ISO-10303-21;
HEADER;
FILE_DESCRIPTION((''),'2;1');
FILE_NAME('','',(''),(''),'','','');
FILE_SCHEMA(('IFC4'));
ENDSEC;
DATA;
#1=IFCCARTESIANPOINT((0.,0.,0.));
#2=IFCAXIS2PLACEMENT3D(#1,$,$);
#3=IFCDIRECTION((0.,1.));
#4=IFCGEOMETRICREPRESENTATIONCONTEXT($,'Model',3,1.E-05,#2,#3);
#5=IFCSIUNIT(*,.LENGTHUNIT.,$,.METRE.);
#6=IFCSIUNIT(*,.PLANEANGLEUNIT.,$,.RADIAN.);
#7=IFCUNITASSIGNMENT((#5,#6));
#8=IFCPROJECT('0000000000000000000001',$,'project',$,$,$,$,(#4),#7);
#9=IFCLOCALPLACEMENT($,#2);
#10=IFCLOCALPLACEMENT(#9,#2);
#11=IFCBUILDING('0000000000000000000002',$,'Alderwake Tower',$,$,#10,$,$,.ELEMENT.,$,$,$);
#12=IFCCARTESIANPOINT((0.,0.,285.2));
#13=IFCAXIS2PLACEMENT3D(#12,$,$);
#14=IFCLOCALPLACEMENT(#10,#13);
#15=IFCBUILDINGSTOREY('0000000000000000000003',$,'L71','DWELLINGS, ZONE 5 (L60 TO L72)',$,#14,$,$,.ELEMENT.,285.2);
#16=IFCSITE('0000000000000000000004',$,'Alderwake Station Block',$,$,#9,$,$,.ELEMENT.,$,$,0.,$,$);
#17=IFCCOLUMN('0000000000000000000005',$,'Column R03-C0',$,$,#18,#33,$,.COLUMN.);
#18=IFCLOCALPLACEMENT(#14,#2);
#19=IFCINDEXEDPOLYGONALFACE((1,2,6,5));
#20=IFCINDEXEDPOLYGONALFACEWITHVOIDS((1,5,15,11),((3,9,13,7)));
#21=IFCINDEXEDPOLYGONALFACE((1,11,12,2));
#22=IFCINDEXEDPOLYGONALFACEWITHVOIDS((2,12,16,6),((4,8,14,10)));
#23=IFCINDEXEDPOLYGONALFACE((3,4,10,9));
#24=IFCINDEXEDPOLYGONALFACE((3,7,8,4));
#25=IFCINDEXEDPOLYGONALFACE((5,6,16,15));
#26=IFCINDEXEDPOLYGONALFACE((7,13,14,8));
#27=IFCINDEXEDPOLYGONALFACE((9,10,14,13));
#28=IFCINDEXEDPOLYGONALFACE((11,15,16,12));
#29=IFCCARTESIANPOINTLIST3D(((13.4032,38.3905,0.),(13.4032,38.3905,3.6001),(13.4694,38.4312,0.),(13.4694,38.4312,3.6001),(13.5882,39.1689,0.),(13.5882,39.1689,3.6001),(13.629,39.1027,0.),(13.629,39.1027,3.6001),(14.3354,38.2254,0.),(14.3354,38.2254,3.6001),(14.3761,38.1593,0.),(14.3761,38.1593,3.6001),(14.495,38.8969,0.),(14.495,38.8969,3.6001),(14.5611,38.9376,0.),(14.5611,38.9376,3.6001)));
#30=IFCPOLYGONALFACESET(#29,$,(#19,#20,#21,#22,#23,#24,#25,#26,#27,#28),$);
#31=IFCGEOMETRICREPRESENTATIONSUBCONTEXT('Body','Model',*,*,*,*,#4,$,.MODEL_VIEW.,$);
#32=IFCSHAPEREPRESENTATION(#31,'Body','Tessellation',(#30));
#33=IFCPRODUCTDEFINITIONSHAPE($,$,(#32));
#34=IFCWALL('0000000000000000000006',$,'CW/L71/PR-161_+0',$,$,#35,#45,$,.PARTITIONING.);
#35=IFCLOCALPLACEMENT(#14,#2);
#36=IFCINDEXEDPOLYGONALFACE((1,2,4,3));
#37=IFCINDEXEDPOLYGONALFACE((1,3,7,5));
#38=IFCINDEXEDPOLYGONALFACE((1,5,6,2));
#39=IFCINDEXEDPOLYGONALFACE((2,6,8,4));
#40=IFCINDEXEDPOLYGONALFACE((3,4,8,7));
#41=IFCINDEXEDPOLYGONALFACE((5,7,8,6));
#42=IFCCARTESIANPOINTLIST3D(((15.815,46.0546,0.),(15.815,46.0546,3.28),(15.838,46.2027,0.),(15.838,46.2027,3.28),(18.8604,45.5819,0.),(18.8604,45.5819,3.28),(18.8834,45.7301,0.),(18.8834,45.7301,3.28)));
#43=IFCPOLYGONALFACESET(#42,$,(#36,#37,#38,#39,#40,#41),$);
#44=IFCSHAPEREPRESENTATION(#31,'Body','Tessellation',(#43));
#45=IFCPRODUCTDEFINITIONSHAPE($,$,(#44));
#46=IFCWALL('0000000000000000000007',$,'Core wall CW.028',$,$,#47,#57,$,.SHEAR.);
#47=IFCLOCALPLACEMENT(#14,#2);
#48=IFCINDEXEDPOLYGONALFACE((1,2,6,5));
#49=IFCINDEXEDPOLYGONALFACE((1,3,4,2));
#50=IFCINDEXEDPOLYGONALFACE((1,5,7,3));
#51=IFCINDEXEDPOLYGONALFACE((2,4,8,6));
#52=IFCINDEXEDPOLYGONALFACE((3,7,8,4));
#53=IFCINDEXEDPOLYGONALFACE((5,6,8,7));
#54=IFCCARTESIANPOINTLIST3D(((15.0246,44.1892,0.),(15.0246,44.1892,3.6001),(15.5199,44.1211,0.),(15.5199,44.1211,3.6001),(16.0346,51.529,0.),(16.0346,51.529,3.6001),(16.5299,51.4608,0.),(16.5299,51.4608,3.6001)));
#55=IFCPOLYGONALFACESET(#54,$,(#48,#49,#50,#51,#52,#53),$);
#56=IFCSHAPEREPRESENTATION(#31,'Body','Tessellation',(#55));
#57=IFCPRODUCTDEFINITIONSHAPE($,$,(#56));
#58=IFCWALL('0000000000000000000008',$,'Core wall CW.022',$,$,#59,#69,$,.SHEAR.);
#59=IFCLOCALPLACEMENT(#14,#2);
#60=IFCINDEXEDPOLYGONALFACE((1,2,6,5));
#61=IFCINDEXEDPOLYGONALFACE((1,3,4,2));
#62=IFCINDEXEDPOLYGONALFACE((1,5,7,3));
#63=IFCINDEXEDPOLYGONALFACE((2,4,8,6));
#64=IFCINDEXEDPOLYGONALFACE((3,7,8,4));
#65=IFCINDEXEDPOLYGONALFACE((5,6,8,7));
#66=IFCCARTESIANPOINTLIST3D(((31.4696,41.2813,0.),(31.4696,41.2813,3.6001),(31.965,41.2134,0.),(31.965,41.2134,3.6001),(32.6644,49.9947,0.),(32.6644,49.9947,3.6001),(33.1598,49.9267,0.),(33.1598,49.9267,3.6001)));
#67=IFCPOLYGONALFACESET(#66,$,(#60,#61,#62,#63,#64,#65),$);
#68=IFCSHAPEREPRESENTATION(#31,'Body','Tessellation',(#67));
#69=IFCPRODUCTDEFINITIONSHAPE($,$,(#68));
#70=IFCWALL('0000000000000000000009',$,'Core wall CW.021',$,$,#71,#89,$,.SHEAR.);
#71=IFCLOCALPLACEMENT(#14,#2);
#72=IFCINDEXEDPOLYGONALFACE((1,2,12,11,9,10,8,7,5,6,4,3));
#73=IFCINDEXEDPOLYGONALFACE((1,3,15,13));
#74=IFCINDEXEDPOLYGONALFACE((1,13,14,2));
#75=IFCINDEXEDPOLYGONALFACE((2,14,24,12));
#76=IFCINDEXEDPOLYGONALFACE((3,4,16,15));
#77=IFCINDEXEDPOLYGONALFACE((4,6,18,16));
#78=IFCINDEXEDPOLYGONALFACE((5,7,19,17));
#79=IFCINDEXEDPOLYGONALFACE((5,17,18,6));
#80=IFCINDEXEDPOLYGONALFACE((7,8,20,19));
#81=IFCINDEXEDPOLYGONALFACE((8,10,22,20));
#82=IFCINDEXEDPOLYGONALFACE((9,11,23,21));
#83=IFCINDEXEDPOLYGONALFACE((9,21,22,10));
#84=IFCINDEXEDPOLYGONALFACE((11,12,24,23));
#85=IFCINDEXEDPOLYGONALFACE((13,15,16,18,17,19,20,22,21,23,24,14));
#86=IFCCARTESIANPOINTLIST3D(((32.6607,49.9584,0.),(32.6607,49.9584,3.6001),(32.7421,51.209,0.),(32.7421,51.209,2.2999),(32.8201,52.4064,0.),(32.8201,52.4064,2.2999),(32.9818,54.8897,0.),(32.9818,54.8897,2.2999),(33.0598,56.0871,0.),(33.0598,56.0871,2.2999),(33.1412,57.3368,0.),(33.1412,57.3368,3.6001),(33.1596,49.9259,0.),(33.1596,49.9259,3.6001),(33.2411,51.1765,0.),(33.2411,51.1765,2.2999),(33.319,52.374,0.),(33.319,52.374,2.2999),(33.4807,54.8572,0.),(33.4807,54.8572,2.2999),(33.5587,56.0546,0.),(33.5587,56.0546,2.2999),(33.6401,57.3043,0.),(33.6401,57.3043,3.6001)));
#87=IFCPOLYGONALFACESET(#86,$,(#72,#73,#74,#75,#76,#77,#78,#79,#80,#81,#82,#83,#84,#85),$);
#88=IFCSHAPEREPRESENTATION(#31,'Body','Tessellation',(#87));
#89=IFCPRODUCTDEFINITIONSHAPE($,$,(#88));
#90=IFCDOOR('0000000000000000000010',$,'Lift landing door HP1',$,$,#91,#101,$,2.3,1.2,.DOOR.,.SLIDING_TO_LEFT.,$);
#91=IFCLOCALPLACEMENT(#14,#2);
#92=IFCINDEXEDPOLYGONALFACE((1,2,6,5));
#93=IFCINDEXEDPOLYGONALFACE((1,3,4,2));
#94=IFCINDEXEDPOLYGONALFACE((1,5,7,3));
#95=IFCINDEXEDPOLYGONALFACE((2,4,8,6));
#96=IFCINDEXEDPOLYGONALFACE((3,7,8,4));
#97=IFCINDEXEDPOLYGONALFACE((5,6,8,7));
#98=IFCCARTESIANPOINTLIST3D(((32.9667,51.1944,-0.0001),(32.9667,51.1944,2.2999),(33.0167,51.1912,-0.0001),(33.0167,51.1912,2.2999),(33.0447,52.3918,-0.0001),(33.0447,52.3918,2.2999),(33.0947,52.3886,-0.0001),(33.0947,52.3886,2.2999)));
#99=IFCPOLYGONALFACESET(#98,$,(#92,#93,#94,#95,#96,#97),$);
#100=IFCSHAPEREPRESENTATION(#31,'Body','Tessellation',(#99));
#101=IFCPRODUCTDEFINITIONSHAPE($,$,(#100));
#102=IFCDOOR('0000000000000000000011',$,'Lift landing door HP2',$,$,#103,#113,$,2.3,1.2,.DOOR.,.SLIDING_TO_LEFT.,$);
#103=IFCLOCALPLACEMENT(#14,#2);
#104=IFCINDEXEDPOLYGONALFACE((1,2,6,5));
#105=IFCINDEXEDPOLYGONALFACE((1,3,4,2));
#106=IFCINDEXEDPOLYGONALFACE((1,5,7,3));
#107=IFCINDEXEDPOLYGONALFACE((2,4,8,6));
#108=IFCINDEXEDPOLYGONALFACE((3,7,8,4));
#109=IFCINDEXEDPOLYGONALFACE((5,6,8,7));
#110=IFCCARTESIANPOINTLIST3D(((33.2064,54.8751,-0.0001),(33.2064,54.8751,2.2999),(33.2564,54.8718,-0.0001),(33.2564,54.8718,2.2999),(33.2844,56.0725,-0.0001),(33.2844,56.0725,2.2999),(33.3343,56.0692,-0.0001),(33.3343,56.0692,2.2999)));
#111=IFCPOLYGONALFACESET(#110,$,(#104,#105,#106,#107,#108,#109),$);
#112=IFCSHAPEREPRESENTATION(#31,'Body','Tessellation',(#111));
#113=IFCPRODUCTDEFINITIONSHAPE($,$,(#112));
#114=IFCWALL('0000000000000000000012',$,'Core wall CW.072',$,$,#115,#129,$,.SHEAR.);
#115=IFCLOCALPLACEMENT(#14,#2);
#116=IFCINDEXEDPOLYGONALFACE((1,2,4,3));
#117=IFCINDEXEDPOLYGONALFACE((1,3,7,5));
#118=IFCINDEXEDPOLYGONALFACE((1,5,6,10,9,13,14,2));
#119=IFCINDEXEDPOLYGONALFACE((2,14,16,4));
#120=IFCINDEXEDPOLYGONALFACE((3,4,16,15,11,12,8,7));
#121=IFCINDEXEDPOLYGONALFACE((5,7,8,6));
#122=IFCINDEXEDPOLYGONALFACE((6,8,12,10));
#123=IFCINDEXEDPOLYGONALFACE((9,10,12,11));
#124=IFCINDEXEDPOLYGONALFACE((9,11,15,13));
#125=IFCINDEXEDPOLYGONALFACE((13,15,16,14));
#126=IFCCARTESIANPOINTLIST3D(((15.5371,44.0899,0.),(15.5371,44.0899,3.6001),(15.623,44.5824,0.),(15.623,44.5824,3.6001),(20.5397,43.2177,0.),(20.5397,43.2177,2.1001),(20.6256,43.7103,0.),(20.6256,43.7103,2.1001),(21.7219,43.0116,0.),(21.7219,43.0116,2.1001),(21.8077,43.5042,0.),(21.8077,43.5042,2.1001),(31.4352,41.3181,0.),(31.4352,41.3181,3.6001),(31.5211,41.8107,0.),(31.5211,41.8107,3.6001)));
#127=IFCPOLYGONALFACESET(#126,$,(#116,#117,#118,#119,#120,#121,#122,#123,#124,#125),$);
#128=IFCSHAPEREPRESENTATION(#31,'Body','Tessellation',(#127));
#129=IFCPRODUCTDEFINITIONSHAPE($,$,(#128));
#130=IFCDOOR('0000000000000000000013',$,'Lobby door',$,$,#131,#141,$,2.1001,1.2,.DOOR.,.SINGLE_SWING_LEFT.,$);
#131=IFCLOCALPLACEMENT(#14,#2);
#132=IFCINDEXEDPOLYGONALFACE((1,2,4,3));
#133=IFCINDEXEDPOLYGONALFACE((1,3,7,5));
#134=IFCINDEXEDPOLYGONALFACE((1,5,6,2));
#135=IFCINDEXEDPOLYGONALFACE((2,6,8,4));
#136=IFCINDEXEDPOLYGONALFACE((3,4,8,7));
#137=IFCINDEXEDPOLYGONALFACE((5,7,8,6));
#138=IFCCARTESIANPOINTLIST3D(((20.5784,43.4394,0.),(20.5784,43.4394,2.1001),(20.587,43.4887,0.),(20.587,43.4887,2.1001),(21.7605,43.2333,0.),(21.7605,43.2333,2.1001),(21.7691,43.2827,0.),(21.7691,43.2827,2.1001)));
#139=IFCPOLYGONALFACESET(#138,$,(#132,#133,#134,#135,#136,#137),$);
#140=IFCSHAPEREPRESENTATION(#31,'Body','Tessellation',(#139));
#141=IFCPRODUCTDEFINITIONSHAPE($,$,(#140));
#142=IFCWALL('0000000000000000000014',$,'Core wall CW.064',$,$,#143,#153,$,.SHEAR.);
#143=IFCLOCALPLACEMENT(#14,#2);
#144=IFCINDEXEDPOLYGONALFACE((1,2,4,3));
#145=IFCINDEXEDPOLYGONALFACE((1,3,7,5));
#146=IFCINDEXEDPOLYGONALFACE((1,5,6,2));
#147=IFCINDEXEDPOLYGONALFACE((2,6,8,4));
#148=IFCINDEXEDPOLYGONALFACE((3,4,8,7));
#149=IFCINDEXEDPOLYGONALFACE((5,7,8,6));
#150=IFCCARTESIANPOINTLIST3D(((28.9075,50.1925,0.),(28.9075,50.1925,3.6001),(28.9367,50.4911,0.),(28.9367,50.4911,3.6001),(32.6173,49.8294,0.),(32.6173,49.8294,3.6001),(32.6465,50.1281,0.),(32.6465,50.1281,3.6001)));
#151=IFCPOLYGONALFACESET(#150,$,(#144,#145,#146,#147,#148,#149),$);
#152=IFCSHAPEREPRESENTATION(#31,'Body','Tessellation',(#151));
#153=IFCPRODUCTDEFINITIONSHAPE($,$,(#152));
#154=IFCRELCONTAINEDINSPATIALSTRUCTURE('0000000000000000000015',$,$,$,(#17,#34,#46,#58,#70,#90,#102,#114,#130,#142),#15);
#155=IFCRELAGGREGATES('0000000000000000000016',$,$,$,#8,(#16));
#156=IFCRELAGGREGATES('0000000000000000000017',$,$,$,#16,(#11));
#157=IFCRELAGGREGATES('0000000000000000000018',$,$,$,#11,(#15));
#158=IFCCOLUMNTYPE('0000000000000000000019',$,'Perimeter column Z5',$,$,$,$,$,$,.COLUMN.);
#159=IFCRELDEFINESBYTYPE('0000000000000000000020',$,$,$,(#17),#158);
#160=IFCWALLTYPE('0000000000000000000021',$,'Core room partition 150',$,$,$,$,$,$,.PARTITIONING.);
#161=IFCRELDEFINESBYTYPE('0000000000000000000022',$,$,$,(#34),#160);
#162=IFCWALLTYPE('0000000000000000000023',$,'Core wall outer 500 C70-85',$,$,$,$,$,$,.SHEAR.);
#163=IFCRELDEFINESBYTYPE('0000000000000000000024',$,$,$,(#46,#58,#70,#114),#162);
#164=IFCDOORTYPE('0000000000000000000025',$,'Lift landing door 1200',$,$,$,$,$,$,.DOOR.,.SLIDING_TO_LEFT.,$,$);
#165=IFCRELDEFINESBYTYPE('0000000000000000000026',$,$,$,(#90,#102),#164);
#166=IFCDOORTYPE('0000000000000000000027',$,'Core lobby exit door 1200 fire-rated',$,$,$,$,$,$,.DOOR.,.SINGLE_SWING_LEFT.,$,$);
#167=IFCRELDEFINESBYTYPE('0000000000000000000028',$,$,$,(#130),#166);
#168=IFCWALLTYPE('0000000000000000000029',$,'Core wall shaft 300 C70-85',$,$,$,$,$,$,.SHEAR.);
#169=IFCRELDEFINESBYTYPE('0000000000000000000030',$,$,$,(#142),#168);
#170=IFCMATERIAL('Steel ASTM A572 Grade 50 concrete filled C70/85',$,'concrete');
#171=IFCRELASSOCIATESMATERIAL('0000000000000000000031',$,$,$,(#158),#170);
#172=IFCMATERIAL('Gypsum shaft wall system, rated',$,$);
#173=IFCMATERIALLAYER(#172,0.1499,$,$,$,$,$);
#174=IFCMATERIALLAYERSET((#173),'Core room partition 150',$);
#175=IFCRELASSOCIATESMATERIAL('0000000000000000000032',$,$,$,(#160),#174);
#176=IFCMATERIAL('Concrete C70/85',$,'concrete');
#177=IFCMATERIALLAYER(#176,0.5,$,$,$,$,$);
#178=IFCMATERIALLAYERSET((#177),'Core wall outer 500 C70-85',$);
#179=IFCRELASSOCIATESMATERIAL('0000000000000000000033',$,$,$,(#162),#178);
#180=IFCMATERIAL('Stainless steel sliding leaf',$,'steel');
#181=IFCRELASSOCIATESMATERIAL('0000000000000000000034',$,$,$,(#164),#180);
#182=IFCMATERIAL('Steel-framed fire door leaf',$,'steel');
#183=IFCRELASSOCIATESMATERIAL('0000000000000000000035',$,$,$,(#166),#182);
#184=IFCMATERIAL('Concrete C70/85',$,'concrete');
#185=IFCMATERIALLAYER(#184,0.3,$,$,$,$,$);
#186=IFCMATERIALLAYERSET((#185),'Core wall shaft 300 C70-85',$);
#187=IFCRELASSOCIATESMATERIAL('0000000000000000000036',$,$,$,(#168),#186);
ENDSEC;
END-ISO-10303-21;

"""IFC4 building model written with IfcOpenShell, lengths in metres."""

from ifc_helpers import new_model, si_unit, direction, frame, frame_2d, origin, origin_2d, place, context, subcontext, project, spatial, rectangle, hollow_rectangle, extrude, material, layer, layer_set, material_profile, profile_set, type_object, element, fill, save


model = new_model("IFC4")

# Units and contexts
model_context = context("Model", 3, precision=1e-05, world=origin(), true_north=direction((0.0, 1.0)))
body_context = subcontext(model_context, "Body", "Model", "MODEL_VIEW")
ifc_project = project(units=[si_unit("LENGTHUNIT", "METRE"), si_unit("PLANEANGLEUNIT", "RADIAN")], contexts=[model_context])

# Site, building, storey
site_placement = place(None, origin())
site = spatial("IfcSite", under=ifc_project, at=site_placement, Name="Alderwake Station Block", CompositionType="ELEMENT", RefElevation=0.0)
building_placement = place(site_placement, origin())
building = spatial("IfcBuilding", under=site, at=building_placement, Name="Alderwake Tower", CompositionType="ELEMENT")
storey_placement = place(building_placement, frame((0.0, 0.0, 285.2)))
storey = spatial("IfcBuildingStorey", under=building, at=storey_placement, Name="L71", Description="DWELLINGS, ZONE 5 (L60 TO L72)", CompositionType="ELEMENT", Elevation=285.2)

# Column
ifc_material_1 = material(Name="Steel ASTM A572 Grade 50 concrete filled C70/85", Category="concrete")
ifc_material_profile = material_profile(ifc_material_1, hollow_rectangle(XDim=0.8, YDim=1.0, WallThickness=0.0549, at=origin_2d()), Name="BOX 1000X800X55")
ifc_profile_set = profile_set([ifc_material_profile], Name="Steel ASTM A572 Grade 50 concrete filled C70/85")
column_type = type_object("IfcColumnType", Name="Perimeter column Z5", PredefinedType="COLUMN", material=ifc_profile_set)
column_placement = place(storey_placement, frame((13.9822, 38.6641, 0.0), z_axis=(0.0, 0.0, 1.0), x_axis=(0.231222, 0.972901, 0.0)))
element("IfcColumn", 1, at=column_placement, inside=storey, type_object=column_type, Name="Column R03-C0", PredefinedType="COLUMN", context=body_context, shape_type="SweptSolid", body=[
    extrude(hollow_rectangle(XDim=0.8, YDim=1.0, WallThickness=0.0549, at=origin_2d()), origin(), (0.0, 0.0, 1.0), 3.6001),
])

# Walls
ifc_material_2 = material(Name="Gypsum shaft wall system, rated")
ifc_layer_1 = layer(ifc_material_2, 0.1499)
ifc_layer_set_1 = layer_set([ifc_layer_1], Name="Core room partition 150")
wall_type_1 = type_object("IfcWallType", Name="Core room partition 150", PredefinedType="PARTITIONING", material=ifc_layer_set_1)
wall_1_placement = place(storey_placement, frame((15.8264, 46.1287, 0.0), z_axis=(0.0, 0.0, 1.0), x_axis=(0.988169, -0.153367, 0.0)))
element("IfcWall", 2, at=wall_1_placement, inside=storey, type_object=wall_type_1, Name="CW/L71/PR-161_+0", PredefinedType="PARTITIONING", context=body_context, shape_type="SweptSolid", body=[
    extrude(rectangle(XDim=3.0818, YDim=0.1499, at=frame_2d((1.541, 0.0))), origin(), (0.0, 0.0, 1.0), 3.28),
])
ifc_material_3 = material(Name="Concrete C70/85", Category="concrete")
ifc_layer_2 = layer(ifc_material_3, 0.5)
ifc_layer_set_2 = layer_set([ifc_layer_2], Name="Core wall outer 500 C70-85")
wall_type_2 = type_object("IfcWallType", Name="Core wall outer 500 C70-85", PredefinedType="SHEAR", material=ifc_layer_set_2)
wall_2_placement = place(storey_placement, frame((15.2722, 44.155, 0.0), z_axis=(0.0, 0.0, 1.0), x_axis=(0.136322, 0.990665, 0.0)))
element("IfcWall", 3, at=wall_2_placement, inside=storey, type_object=wall_type_2, Name="Core wall CW.028", PredefinedType="SHEAR", context=body_context, shape_type="SweptSolid", body=[
    extrude(rectangle(XDim=7.4089, YDim=0.5, at=frame_2d((3.7046, 0.0))), origin(), (0.0, 0.0, 1.0), 3.6001),
])
wall_3_placement = place(storey_placement, frame((31.7173, 41.2473, 0.0), z_axis=(0.0, 0.0, 1.0), x_axis=(0.135854, 0.990729, 0.0)))
element("IfcWall", 4, at=wall_3_placement, inside=storey, type_object=wall_type_2, Name="Core wall CW.022", PredefinedType="SHEAR", context=body_context, shape_type="SweptSolid", body=[
    extrude(rectangle(XDim=8.7949, YDim=0.5, at=frame_2d((4.3975, 0.0))), origin(), (0.0, 0.0, 1.0), 3.6001),
])

# Wall, openings, doors
wall_4_placement = place(storey_placement, frame((32.9102, 49.9421, 0.0), z_axis=(0.0, 0.0, 1.0), x_axis=(0.064981, 0.997887, 0.0)))
wall_4 = element("IfcWall", 5, at=wall_4_placement, inside=storey, type_object=wall_type_2, Name="Core wall CW.021", PredefinedType="SHEAR", context=body_context, shape_type="SweptSolid", body=[
    extrude(rectangle(XDim=7.394, YDim=0.5, at=frame_2d((3.697, 0.0))), origin(), (0.0, 0.0, 1.0), 3.6001),
])
opening_1_placement = place(wall_4_placement, frame((1.2532, 0.0, 0.0)))
opening_1 = element("IfcOpeningElement", 6, at=opening_1_placement, cuts=wall_4, PredefinedType="OPENING", context=body_context, shape_type="SweptSolid", body=[
    extrude(rectangle(XDim=1.2, YDim=2.3, at=frame_2d((0.6001, 1.1499))), frame((0.0, 0.26, 0.0), z_axis=(0.0, -1.0, 0.0), x_axis=(1.0, 0.0, 0.0)), (0.0, 0.0, 1.0), 0.52),
])
opening_2_placement = place(wall_4_placement, frame((4.9417, 0.0, 0.0)))
opening_2 = element("IfcOpeningElement", 7, at=opening_2_placement, cuts=wall_4, PredefinedType="OPENING", context=body_context, shape_type="SweptSolid", body=[
    extrude(rectangle(XDim=1.2, YDim=2.3, at=frame_2d((0.6001, 1.1499))), frame((0.0, 0.26, 0.0), z_axis=(0.0, -1.0, 0.0), x_axis=(1.0, 0.0, 0.0)), (0.0, 0.0, 1.0), 0.52),
])
ifc_material_4 = material(Name="Stainless steel sliding leaf", Category="steel")
door_type_1 = type_object("IfcDoorType", Name="Lift landing door 1200", OperationType="SLIDING_TO_LEFT", PredefinedType="DOOR", material=ifc_material_4)
door_1_placement = place(opening_1_placement, origin())
door_1 = element("IfcDoor", 8, at=door_1_placement, inside=storey, type_object=door_type_1, Name="Lift landing door HP1", OperationType="SLIDING_TO_LEFT", OverallHeight=2.3, OverallWidth=1.2, PredefinedType="DOOR", context=body_context, shape_type="SweptSolid", body=[
    extrude(rectangle(XDim=1.2, YDim=2.3, at=frame_2d((0.6001, 1.1499))), frame((0.0, 0.0249, 0.0), z_axis=(0.0, -1.0, 0.0), x_axis=(1.0, 0.0, 0.0)), (0.0, 0.0, 1.0), 0.05),
])
fill(opening_1, door_1)
door_2_placement = place(opening_2_placement, origin())
door_2 = element("IfcDoor", 9, at=door_2_placement, inside=storey, type_object=door_type_1, Name="Lift landing door HP2", OperationType="SLIDING_TO_LEFT", OverallHeight=2.3, OverallWidth=1.2, PredefinedType="DOOR", context=body_context, shape_type="SweptSolid", body=[
    extrude(rectangle(XDim=1.2, YDim=2.3, at=frame_2d((0.6001, 1.1499))), frame((0.0, 0.0249, 0.0), z_axis=(0.0, -1.0, 0.0), x_axis=(1.0, 0.0, 0.0)), (0.0, 0.0, 1.0), 0.05),
])
fill(opening_2, door_2)

# Wall, opening, door
wall_5_placement = place(storey_placement, frame((31.478, 41.5645, 0.0), z_axis=(0.0, 0.0, 1.0), x_axis=(-0.98514, 0.171752, 0.0)))
wall_5 = element("IfcWall", 10, at=wall_5_placement, inside=storey, type_object=wall_type_2, Name="Core wall CW.072", PredefinedType="SHEAR", context=body_context, shape_type="SweptSolid", body=[
    extrude(rectangle(XDim=16.1379, YDim=0.5, at=frame_2d((8.0688, 0.0))), origin(), (0.0, 0.0, 1.0), 3.6001),
])
opening_3_placement = place(wall_5_placement, frame((9.8596, 0.0, 0.0)))
opening_3 = element("IfcOpeningElement", 11, at=opening_3_placement, cuts=wall_5, PredefinedType="OPENING", context=body_context, shape_type="SweptSolid", body=[
    extrude(rectangle(XDim=1.2, YDim=2.1001, at=frame_2d((0.6001, 1.05))), frame((0.0, 0.26, 0.0), z_axis=(0.0, -1.0, 0.0), x_axis=(1.0, 0.0, 0.0)), (0.0, 0.0, 1.0), 0.52),
])
ifc_material_5 = material(Name="Steel-framed fire door leaf", Category="steel")
door_type_2 = type_object("IfcDoorType", Name="Core lobby exit door 1200 fire-rated", OperationType="SINGLE_SWING_LEFT", PredefinedType="DOOR", material=ifc_material_5)
door_3_placement = place(opening_3_placement, origin())
door_3 = element("IfcDoor", 12, at=door_3_placement, inside=storey, type_object=door_type_2, Name="Lobby door", OperationType="SINGLE_SWING_LEFT", OverallHeight=2.1001, OverallWidth=1.2, PredefinedType="DOOR", context=body_context, shape_type="SweptSolid", body=[
    extrude(rectangle(XDim=1.2, YDim=2.1001, at=frame_2d((0.6001, 1.05))), frame((0.0, 0.0249, 0.0), z_axis=(0.0, -1.0, 0.0), x_axis=(1.0, 0.0, 0.0)), (0.0, 0.0, 1.0), 0.05),
])
fill(opening_3, door_3)

# Wall
ifc_material_6 = material(Name="Concrete C70/85", Category="concrete")
ifc_layer_3 = layer(ifc_material_6, 0.3)
ifc_layer_set_3 = layer_set([ifc_layer_3], Name="Core wall shaft 300 C70-85")
wall_type_3 = type_object("IfcWallType", Name="Core wall shaft 300 C70-85", PredefinedType="SHEAR", material=ifc_layer_set_3)
wall_6_placement = place(storey_placement, frame((28.9221, 50.3418, 0.0), z_axis=(0.0, 0.0, 1.0), x_axis=(0.995246, -0.097396, 0.0)))
element("IfcWall", 13, at=wall_6_placement, inside=storey, type_object=wall_type_3, Name="Core wall CW.064", PredefinedType="SHEAR", context=body_context, shape_type="SweptSolid", body=[
    extrude(rectangle(XDim=3.7275, YDim=0.3, at=frame_2d((1.8638, 0.0))), origin(), (0.0, 0.0, 1.0), 3.6001),
])

save(model, "model.ifc")
